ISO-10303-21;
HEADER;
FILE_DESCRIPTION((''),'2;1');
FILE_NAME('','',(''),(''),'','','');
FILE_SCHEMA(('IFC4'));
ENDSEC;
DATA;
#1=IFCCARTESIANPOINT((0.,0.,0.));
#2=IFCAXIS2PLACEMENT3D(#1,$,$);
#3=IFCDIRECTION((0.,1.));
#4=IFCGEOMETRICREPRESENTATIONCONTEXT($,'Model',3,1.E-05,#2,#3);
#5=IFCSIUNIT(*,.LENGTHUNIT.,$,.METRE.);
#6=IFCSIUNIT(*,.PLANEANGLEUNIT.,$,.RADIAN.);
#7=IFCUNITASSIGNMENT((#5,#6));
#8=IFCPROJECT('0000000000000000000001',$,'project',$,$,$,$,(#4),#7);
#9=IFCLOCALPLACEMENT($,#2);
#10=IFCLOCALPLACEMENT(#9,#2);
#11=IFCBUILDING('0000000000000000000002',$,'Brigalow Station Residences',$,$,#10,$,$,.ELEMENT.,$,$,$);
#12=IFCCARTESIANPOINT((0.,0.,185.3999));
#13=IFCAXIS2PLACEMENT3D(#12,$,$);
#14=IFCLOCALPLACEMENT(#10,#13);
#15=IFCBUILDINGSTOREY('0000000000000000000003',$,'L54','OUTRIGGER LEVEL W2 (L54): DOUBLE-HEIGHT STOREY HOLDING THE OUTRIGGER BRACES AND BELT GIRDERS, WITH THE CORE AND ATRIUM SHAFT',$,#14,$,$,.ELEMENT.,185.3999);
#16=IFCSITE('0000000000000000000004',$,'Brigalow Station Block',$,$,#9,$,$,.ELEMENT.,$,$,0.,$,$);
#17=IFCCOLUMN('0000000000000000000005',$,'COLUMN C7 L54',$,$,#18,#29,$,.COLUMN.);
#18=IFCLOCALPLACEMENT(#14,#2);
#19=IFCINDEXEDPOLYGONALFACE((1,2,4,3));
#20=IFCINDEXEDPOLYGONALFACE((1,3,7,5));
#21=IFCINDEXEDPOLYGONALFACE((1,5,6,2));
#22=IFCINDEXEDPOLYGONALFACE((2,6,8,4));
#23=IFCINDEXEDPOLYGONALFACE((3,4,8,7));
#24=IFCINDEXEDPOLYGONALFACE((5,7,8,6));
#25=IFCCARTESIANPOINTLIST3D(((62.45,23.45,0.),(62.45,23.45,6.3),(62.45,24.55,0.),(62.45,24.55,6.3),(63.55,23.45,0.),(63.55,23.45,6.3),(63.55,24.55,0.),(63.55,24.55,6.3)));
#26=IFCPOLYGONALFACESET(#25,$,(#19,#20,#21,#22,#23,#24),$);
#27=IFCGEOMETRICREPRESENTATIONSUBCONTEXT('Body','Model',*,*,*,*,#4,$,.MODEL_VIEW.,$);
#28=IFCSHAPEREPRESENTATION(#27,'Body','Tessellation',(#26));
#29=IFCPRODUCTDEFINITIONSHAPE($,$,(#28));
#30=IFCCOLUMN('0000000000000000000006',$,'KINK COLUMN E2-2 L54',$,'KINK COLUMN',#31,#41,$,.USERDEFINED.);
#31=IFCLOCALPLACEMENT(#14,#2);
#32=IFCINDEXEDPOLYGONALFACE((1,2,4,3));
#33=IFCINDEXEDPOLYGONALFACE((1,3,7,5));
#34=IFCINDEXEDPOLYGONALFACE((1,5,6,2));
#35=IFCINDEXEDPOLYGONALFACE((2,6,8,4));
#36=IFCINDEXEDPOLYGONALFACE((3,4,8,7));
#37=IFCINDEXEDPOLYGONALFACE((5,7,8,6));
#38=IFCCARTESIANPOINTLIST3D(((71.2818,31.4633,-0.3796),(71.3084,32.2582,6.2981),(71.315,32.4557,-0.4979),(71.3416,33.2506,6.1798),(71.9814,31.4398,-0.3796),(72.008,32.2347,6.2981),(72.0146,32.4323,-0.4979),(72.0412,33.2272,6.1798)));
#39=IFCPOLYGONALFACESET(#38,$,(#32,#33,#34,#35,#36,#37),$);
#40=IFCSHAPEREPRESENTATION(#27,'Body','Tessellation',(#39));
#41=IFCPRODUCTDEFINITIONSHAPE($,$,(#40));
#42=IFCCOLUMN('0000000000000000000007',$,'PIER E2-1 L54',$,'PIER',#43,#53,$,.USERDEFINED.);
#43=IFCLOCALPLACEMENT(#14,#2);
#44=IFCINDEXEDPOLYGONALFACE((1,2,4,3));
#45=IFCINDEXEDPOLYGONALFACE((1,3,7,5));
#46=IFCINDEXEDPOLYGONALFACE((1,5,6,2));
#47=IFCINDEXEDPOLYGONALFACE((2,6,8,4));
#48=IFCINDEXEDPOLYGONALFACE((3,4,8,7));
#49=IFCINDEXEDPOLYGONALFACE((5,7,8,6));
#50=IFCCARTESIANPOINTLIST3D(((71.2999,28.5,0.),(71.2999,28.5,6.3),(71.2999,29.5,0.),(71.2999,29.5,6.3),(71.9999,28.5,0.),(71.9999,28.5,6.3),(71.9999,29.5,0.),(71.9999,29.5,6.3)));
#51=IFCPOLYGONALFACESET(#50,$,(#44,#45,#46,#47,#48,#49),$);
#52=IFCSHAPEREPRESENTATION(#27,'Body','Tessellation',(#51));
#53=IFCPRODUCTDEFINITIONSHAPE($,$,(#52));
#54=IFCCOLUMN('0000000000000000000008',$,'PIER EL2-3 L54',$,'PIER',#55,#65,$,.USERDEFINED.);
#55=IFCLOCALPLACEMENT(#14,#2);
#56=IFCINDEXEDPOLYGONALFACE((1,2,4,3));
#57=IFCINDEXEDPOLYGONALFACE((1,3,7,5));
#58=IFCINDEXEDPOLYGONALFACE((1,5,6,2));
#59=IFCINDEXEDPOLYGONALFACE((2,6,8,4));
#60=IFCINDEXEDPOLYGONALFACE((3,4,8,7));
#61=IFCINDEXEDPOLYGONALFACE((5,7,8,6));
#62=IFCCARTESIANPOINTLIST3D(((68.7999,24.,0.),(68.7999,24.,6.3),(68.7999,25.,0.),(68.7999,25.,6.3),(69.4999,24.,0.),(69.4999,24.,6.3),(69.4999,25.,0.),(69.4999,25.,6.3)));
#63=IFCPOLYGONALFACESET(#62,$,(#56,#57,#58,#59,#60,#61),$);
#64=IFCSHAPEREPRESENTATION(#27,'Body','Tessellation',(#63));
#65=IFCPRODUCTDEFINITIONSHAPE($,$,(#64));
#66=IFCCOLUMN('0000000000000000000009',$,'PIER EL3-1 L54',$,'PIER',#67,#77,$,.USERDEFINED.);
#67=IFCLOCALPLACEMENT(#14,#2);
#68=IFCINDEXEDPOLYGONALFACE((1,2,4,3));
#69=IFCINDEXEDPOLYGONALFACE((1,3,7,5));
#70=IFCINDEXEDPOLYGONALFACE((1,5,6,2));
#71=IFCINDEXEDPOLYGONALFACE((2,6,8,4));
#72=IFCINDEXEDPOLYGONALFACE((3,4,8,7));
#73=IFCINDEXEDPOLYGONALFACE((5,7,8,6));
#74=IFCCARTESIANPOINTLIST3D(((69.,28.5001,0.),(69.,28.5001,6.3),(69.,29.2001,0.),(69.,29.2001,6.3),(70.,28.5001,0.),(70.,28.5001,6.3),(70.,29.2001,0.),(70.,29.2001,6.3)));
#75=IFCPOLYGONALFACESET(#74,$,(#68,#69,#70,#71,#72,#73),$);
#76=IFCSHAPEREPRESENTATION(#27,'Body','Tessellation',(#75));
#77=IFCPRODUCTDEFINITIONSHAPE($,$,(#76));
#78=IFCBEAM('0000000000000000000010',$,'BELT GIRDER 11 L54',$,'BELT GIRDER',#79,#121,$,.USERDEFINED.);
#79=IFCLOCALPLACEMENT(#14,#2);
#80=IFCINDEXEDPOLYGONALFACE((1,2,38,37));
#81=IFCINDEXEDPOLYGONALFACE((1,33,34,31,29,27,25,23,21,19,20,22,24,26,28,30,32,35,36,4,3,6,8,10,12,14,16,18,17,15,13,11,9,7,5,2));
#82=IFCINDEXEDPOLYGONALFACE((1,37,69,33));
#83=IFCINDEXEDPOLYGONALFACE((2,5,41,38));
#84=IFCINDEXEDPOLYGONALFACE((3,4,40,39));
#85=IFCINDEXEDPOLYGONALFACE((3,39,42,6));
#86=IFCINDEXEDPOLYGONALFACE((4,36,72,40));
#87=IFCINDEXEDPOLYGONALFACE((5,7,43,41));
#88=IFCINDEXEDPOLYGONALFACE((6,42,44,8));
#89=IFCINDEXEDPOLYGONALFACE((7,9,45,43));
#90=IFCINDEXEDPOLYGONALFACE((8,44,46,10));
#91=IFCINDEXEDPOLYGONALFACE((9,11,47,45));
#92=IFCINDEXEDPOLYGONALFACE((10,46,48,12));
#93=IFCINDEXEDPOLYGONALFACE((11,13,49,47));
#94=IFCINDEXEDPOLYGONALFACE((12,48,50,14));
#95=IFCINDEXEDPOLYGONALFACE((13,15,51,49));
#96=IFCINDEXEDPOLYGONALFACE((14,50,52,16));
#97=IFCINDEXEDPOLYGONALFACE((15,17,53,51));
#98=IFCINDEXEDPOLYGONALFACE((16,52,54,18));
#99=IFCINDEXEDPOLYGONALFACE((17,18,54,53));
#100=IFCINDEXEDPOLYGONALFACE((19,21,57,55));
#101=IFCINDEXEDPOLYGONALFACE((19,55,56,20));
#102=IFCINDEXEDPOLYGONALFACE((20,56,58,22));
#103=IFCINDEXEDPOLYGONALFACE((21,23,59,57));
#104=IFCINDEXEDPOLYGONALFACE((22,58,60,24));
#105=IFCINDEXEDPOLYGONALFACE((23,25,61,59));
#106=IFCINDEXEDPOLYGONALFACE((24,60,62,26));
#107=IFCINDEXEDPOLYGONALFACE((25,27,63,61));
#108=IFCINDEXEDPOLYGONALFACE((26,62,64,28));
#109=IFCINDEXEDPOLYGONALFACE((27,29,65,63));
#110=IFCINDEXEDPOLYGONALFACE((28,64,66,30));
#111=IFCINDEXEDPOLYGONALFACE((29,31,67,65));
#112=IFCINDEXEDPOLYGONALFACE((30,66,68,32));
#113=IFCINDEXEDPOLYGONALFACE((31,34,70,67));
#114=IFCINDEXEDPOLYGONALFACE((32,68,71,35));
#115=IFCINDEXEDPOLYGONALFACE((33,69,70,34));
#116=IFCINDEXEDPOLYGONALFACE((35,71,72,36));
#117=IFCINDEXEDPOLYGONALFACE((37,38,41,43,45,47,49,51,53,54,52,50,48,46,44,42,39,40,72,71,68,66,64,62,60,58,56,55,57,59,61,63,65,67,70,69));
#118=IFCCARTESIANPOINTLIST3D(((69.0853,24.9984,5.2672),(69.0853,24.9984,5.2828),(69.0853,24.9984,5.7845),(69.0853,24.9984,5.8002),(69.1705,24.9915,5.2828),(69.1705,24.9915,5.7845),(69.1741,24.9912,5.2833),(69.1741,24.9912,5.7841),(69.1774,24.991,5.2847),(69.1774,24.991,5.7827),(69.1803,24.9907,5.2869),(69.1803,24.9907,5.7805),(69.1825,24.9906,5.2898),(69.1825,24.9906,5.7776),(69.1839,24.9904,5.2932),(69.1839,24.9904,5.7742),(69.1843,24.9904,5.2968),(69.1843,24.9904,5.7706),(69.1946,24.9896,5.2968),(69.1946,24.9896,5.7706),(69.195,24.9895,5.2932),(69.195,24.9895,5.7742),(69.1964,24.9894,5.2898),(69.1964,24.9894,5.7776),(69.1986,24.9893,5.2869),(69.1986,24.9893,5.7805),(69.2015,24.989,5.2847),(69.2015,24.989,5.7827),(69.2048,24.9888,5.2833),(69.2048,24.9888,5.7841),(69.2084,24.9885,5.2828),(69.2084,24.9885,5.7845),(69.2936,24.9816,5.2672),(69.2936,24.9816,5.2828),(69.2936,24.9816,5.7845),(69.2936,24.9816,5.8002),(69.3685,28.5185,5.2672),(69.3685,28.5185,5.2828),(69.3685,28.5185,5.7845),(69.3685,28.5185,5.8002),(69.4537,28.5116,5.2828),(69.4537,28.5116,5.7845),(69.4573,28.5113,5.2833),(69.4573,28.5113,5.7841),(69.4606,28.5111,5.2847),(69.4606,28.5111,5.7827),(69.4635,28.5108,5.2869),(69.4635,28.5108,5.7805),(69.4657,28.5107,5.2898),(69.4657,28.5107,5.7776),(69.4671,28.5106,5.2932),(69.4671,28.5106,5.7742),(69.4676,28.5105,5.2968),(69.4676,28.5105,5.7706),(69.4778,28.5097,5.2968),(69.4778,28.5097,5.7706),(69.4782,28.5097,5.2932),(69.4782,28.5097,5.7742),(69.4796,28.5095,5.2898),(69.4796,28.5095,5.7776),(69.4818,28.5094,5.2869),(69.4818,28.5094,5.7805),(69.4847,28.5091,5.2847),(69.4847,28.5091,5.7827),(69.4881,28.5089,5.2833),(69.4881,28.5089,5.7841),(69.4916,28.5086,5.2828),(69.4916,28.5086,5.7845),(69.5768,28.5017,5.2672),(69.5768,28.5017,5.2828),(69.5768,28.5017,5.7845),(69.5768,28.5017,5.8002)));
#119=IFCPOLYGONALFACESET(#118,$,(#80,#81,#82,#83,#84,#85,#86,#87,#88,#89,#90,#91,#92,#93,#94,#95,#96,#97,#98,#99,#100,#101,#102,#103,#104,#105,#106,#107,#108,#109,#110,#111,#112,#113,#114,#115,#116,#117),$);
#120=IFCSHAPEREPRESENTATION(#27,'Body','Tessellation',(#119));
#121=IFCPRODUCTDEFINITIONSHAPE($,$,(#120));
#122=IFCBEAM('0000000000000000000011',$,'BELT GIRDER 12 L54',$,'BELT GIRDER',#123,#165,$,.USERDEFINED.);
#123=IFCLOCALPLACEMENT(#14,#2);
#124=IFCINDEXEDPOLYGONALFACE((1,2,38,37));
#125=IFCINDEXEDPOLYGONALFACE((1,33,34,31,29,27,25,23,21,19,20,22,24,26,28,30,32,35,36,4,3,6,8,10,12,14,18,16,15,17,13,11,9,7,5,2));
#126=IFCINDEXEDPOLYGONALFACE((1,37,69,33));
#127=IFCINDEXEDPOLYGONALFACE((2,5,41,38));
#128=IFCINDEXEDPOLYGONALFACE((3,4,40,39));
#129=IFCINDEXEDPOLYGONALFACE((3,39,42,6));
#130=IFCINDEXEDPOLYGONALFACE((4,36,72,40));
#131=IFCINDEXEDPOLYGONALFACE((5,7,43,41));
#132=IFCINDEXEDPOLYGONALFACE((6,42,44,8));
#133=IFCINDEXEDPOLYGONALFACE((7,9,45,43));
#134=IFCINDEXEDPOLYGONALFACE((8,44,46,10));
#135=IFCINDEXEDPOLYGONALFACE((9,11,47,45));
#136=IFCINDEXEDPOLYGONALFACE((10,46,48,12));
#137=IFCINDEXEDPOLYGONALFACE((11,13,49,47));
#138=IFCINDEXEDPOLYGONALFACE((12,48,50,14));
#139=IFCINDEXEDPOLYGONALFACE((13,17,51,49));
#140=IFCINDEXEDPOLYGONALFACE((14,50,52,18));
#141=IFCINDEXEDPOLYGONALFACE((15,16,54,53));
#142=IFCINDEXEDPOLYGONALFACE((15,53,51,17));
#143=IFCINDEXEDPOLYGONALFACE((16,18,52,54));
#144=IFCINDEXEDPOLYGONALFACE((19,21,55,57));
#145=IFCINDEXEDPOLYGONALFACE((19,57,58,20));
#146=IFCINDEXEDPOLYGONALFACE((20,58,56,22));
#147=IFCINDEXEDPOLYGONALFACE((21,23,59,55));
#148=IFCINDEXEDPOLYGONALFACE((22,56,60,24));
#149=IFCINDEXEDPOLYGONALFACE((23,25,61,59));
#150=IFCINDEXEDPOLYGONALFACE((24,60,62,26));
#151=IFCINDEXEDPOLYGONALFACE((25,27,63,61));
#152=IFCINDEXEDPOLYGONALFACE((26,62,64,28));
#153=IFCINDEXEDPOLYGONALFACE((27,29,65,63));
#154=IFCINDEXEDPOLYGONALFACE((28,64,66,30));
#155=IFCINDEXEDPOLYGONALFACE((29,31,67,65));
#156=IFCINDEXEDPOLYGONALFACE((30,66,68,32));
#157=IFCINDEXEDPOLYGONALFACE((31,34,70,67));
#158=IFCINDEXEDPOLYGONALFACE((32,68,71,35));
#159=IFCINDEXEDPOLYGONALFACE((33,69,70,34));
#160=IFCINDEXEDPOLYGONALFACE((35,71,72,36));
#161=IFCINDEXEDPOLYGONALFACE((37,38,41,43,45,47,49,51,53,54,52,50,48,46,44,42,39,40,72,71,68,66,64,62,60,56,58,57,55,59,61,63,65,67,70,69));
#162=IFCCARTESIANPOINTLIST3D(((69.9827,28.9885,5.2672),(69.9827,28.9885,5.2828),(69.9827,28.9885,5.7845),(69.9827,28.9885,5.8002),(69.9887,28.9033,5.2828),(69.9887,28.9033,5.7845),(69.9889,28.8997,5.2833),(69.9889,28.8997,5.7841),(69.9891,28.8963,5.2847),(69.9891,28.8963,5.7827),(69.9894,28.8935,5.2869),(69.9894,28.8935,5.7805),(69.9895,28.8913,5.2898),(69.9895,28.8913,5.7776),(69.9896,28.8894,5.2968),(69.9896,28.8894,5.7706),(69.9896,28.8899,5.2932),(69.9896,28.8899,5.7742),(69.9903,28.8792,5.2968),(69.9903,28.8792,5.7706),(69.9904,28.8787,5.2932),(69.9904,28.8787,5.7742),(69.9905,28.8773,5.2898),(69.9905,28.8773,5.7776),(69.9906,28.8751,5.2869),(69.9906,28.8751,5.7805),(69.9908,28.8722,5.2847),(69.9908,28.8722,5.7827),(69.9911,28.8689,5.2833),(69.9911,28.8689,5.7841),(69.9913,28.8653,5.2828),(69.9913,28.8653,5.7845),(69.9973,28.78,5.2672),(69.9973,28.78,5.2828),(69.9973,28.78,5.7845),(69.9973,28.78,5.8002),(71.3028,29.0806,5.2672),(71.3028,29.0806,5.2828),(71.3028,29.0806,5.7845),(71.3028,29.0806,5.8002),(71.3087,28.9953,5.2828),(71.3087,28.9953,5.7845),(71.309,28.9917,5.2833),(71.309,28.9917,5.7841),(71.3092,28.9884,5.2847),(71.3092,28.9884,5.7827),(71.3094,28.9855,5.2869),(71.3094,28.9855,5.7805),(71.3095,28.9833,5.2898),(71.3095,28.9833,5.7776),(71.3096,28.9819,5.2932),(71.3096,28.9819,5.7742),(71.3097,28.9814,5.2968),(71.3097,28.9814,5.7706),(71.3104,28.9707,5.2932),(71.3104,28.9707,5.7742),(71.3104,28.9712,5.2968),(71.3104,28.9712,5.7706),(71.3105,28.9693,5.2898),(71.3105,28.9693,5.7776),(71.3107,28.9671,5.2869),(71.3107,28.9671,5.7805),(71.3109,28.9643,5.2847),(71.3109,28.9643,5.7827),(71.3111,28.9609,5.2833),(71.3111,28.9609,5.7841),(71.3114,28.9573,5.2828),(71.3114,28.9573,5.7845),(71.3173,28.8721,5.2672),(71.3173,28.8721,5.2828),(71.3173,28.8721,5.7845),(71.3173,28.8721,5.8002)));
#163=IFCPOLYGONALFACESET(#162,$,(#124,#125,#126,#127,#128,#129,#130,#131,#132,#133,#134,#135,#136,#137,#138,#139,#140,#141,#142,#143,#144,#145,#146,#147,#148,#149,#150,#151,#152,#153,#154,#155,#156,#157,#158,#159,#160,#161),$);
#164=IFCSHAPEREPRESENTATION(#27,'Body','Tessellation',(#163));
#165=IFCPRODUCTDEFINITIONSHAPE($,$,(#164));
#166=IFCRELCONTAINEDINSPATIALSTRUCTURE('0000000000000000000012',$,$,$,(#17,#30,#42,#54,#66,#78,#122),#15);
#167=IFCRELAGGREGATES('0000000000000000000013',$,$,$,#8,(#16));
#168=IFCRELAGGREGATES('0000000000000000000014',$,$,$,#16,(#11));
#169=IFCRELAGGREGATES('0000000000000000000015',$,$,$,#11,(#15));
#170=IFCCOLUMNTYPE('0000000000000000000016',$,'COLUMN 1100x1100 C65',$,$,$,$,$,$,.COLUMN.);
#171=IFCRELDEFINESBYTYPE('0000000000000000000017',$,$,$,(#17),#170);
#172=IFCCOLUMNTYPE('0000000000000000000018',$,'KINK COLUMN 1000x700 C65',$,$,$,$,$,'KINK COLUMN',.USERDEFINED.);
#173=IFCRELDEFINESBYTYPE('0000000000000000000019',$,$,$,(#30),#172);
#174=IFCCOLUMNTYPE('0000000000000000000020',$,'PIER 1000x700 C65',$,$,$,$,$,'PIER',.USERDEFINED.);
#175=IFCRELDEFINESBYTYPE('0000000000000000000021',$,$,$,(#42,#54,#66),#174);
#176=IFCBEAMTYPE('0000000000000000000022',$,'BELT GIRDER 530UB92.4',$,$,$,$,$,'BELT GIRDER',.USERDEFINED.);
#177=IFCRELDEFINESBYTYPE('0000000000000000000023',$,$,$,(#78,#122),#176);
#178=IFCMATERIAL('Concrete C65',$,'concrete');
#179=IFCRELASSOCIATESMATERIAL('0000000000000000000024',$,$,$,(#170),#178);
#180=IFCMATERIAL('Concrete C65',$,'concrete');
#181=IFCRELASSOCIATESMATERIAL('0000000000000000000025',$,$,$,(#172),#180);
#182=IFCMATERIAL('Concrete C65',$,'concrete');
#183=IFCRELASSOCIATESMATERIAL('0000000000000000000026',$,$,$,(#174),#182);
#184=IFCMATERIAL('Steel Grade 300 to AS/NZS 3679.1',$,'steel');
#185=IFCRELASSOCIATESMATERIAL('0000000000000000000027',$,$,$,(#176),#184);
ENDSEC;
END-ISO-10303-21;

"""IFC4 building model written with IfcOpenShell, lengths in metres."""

from ifc_helpers import new_model, si_unit, direction, frame, origin, origin_2d, place, context, subcontext, project, spatial, rectangle, i_section, extrude, material, material_profile, profile_set, type_object, element, save


model = new_model("IFC4")

# Units and contexts
model_context = context("Model", 3, precision=1e-05, world=origin(), true_north=direction((0.0, 1.0)))
body_context = subcontext(model_context, "Body", "Model", "MODEL_VIEW")
ifc_project = project(units=[si_unit("LENGTHUNIT", "METRE"), si_unit("PLANEANGLEUNIT", "RADIAN")], contexts=[model_context])

# Site, building, storey
site_placement = place(None, origin())
site = spatial("IfcSite", under=ifc_project, at=site_placement, Name="Brigalow Station Block", CompositionType="ELEMENT", RefElevation=0.0)
building_placement = place(site_placement, origin())
building = spatial("IfcBuilding", under=site, at=building_placement, Name="Brigalow Station Residences", CompositionType="ELEMENT")
storey_placement = place(building_placement, frame((0.0, 0.0, 185.3999)))
storey = spatial("IfcBuildingStorey", under=building, at=storey_placement, Name="L54", Description="OUTRIGGER LEVEL W2 (L54): DOUBLE-HEIGHT STOREY HOLDING THE OUTRIGGER BRACES AND BELT GIRDERS, WITH THE CORE AND ATRIUM SHAFT", CompositionType="ELEMENT", Elevation=185.3999)

# Columns
ifc_material_1 = material(Name="Concrete C65", Category="concrete")
ifc_material_profile_1 = material_profile(ifc_material_1, rectangle(XDim=1.1001, YDim=1.1001, at=origin_2d()), Name="RC1100x1100")
ifc_profile_set_1 = profile_set([ifc_material_profile_1], Name="Concrete C65")
column_type_1 = type_object("IfcColumnType", Name="COLUMN 1100x1100 C65", PredefinedType="COLUMN", material=ifc_profile_set_1)
column_1_placement = place(storey_placement, frame((63.0, 24.0, 0.0), z_axis=(0.0, 0.0, 1.0), x_axis=(1.0, 0.0, 0.0)))
element("IfcColumn", 1, at=column_1_placement, inside=storey, type_object=column_type_1, Name="COLUMN C7 L54", PredefinedType="COLUMN", context=body_context, shape_type="SweptSolid", body=[
    extrude(rectangle(XDim=1.1001, YDim=1.1001, at=origin_2d()), origin(), (0.0, 0.0, 1.0), 6.3),
])
ifc_material_2 = material(Name="Concrete C65", Category="concrete")
ifc_material_profile_2 = material_profile(ifc_material_2, rectangle(XDim=1.0, YDim=0.7, at=origin_2d()), Name="RC1000x700")
ifc_profile_set_2 = profile_set([ifc_material_profile_2], Name="Concrete C65")
column_type_2 = type_object("IfcColumnType", Name="KINK COLUMN 1000x700 C65", ElementType="KINK COLUMN", PredefinedType="USERDEFINED", material=ifc_profile_set_2)
column_2_placement = place(storey_placement, frame((71.6482, 31.9478, -0.4387), z_axis=(0.003957, 0.118205, 0.992981), x_axis=(-0.033223, -0.992425, 0.118271)))
element("IfcColumn", 2, at=column_2_placement, inside=storey, type_object=column_type_2, Name="KINK COLUMN E2-2 L54", ObjectType="KINK COLUMN", PredefinedType="USERDEFINED", context=body_context, shape_type="SweptSolid", body=[
    extrude(rectangle(XDim=1.0, YDim=0.7, at=origin_2d()), origin(), (0.0, 0.0, 1.0), 6.7249),
])
ifc_material_3 = material(Name="Concrete C65", Category="concrete")
ifc_material_profile_3 = material_profile(ifc_material_3, rectangle(XDim=1.0, YDim=0.7, at=origin_2d()), Name="RC1000x700")
ifc_profile_set_3 = profile_set([ifc_material_profile_3], Name="Concrete C65")
column_type_3 = type_object("IfcColumnType", Name="PIER 1000x700 C65", ElementType="PIER", PredefinedType="USERDEFINED", material=ifc_profile_set_3)
for number, where, z_axis, x_axis, name in (
    (3, (71.6499, 29.0, 0.0), (0.0, 0.0, 1.0), (0.0, 1.0, 0.0), "PIER E2-1 L54"),
    (4, (69.1499, 24.5, 0.0), (0.0, 0.0, 1.0), (0.0, 1.0, 0.0), "PIER EL2-3 L54"),
    (5, (69.5, 28.8501, 0.0), (0.0, 0.0, 1.0), (1.0, 0.0, 0.0), "PIER EL3-1 L54"),
):
    element("IfcColumn", number, at=place(storey_placement, frame(where, z_axis=z_axis, x_axis=x_axis)), inside=storey, type_object=column_type_3, Name=name, ObjectType="PIER", PredefinedType="USERDEFINED", context=body_context, shape_type="SweptSolid", body=[
        extrude(rectangle(XDim=1.0, YDim=0.7, at=origin_2d()), origin(), (0.0, 0.0, 1.0), 6.3),
    ])

# Beams
ifc_material_4 = material(Name="Steel Grade 300 to AS/NZS 3679.1", Category="steel")
ifc_material_profile_4 = material_profile(ifc_material_4, i_section(OverallWidth=0.209, OverallDepth=0.533, WebThickness=0.0103, FlangeThickness=0.0156, FilletRadius=0.0139, at=origin_2d()), Name="530UB92.4")
ifc_profile_set_4 = profile_set([ifc_material_profile_4], Name="Steel Grade 300 to AS/NZS 3679.1")
beam_type = type_object("IfcBeamType", Name="BELT GIRDER 530UB92.4", ElementType="BELT GIRDER", PredefinedType="USERDEFINED", material=ifc_profile_set_4)
beam_1_placement = place(storey_placement, frame((69.1895, 24.99, 5.5337), z_axis=(0.080196, 0.996779, 0.0), x_axis=(-0.996779, 0.080196, 0.0)))
element("IfcBeam", 6, at=beam_1_placement, inside=storey, type_object=beam_type, Name="BELT GIRDER 11 L54", ObjectType="BELT GIRDER", PredefinedType="USERDEFINED", context=body_context, shape_type="SweptSolid", body=[
    extrude(i_section(OverallWidth=0.209, OverallDepth=0.533, WebThickness=0.0103, FlangeThickness=0.0156, FilletRadius=0.0139, at=origin_2d()), origin(), (0.0, 0.0, 1.0), 3.5315),
])
beam_2_placement = place(storey_placement, frame((69.99, 28.8843, 5.5337), z_axis=(0.997578, 0.069556, 0.0), x_axis=(-0.069556, 0.997578, 0.0)))
element("IfcBeam", 7, at=beam_2_placement, inside=storey, type_object=beam_type, Name="BELT GIRDER 12 L54", ObjectType="BELT GIRDER", PredefinedType="USERDEFINED", context=body_context, shape_type="SweptSolid", body=[
    extrude(i_section(OverallWidth=0.209, OverallDepth=0.533, WebThickness=0.0103, FlangeThickness=0.0156, FilletRadius=0.0139, at=origin_2d()), origin(), (0.0, 0.0, 1.0), 1.3232),
])

save(model, "model.ifc")
